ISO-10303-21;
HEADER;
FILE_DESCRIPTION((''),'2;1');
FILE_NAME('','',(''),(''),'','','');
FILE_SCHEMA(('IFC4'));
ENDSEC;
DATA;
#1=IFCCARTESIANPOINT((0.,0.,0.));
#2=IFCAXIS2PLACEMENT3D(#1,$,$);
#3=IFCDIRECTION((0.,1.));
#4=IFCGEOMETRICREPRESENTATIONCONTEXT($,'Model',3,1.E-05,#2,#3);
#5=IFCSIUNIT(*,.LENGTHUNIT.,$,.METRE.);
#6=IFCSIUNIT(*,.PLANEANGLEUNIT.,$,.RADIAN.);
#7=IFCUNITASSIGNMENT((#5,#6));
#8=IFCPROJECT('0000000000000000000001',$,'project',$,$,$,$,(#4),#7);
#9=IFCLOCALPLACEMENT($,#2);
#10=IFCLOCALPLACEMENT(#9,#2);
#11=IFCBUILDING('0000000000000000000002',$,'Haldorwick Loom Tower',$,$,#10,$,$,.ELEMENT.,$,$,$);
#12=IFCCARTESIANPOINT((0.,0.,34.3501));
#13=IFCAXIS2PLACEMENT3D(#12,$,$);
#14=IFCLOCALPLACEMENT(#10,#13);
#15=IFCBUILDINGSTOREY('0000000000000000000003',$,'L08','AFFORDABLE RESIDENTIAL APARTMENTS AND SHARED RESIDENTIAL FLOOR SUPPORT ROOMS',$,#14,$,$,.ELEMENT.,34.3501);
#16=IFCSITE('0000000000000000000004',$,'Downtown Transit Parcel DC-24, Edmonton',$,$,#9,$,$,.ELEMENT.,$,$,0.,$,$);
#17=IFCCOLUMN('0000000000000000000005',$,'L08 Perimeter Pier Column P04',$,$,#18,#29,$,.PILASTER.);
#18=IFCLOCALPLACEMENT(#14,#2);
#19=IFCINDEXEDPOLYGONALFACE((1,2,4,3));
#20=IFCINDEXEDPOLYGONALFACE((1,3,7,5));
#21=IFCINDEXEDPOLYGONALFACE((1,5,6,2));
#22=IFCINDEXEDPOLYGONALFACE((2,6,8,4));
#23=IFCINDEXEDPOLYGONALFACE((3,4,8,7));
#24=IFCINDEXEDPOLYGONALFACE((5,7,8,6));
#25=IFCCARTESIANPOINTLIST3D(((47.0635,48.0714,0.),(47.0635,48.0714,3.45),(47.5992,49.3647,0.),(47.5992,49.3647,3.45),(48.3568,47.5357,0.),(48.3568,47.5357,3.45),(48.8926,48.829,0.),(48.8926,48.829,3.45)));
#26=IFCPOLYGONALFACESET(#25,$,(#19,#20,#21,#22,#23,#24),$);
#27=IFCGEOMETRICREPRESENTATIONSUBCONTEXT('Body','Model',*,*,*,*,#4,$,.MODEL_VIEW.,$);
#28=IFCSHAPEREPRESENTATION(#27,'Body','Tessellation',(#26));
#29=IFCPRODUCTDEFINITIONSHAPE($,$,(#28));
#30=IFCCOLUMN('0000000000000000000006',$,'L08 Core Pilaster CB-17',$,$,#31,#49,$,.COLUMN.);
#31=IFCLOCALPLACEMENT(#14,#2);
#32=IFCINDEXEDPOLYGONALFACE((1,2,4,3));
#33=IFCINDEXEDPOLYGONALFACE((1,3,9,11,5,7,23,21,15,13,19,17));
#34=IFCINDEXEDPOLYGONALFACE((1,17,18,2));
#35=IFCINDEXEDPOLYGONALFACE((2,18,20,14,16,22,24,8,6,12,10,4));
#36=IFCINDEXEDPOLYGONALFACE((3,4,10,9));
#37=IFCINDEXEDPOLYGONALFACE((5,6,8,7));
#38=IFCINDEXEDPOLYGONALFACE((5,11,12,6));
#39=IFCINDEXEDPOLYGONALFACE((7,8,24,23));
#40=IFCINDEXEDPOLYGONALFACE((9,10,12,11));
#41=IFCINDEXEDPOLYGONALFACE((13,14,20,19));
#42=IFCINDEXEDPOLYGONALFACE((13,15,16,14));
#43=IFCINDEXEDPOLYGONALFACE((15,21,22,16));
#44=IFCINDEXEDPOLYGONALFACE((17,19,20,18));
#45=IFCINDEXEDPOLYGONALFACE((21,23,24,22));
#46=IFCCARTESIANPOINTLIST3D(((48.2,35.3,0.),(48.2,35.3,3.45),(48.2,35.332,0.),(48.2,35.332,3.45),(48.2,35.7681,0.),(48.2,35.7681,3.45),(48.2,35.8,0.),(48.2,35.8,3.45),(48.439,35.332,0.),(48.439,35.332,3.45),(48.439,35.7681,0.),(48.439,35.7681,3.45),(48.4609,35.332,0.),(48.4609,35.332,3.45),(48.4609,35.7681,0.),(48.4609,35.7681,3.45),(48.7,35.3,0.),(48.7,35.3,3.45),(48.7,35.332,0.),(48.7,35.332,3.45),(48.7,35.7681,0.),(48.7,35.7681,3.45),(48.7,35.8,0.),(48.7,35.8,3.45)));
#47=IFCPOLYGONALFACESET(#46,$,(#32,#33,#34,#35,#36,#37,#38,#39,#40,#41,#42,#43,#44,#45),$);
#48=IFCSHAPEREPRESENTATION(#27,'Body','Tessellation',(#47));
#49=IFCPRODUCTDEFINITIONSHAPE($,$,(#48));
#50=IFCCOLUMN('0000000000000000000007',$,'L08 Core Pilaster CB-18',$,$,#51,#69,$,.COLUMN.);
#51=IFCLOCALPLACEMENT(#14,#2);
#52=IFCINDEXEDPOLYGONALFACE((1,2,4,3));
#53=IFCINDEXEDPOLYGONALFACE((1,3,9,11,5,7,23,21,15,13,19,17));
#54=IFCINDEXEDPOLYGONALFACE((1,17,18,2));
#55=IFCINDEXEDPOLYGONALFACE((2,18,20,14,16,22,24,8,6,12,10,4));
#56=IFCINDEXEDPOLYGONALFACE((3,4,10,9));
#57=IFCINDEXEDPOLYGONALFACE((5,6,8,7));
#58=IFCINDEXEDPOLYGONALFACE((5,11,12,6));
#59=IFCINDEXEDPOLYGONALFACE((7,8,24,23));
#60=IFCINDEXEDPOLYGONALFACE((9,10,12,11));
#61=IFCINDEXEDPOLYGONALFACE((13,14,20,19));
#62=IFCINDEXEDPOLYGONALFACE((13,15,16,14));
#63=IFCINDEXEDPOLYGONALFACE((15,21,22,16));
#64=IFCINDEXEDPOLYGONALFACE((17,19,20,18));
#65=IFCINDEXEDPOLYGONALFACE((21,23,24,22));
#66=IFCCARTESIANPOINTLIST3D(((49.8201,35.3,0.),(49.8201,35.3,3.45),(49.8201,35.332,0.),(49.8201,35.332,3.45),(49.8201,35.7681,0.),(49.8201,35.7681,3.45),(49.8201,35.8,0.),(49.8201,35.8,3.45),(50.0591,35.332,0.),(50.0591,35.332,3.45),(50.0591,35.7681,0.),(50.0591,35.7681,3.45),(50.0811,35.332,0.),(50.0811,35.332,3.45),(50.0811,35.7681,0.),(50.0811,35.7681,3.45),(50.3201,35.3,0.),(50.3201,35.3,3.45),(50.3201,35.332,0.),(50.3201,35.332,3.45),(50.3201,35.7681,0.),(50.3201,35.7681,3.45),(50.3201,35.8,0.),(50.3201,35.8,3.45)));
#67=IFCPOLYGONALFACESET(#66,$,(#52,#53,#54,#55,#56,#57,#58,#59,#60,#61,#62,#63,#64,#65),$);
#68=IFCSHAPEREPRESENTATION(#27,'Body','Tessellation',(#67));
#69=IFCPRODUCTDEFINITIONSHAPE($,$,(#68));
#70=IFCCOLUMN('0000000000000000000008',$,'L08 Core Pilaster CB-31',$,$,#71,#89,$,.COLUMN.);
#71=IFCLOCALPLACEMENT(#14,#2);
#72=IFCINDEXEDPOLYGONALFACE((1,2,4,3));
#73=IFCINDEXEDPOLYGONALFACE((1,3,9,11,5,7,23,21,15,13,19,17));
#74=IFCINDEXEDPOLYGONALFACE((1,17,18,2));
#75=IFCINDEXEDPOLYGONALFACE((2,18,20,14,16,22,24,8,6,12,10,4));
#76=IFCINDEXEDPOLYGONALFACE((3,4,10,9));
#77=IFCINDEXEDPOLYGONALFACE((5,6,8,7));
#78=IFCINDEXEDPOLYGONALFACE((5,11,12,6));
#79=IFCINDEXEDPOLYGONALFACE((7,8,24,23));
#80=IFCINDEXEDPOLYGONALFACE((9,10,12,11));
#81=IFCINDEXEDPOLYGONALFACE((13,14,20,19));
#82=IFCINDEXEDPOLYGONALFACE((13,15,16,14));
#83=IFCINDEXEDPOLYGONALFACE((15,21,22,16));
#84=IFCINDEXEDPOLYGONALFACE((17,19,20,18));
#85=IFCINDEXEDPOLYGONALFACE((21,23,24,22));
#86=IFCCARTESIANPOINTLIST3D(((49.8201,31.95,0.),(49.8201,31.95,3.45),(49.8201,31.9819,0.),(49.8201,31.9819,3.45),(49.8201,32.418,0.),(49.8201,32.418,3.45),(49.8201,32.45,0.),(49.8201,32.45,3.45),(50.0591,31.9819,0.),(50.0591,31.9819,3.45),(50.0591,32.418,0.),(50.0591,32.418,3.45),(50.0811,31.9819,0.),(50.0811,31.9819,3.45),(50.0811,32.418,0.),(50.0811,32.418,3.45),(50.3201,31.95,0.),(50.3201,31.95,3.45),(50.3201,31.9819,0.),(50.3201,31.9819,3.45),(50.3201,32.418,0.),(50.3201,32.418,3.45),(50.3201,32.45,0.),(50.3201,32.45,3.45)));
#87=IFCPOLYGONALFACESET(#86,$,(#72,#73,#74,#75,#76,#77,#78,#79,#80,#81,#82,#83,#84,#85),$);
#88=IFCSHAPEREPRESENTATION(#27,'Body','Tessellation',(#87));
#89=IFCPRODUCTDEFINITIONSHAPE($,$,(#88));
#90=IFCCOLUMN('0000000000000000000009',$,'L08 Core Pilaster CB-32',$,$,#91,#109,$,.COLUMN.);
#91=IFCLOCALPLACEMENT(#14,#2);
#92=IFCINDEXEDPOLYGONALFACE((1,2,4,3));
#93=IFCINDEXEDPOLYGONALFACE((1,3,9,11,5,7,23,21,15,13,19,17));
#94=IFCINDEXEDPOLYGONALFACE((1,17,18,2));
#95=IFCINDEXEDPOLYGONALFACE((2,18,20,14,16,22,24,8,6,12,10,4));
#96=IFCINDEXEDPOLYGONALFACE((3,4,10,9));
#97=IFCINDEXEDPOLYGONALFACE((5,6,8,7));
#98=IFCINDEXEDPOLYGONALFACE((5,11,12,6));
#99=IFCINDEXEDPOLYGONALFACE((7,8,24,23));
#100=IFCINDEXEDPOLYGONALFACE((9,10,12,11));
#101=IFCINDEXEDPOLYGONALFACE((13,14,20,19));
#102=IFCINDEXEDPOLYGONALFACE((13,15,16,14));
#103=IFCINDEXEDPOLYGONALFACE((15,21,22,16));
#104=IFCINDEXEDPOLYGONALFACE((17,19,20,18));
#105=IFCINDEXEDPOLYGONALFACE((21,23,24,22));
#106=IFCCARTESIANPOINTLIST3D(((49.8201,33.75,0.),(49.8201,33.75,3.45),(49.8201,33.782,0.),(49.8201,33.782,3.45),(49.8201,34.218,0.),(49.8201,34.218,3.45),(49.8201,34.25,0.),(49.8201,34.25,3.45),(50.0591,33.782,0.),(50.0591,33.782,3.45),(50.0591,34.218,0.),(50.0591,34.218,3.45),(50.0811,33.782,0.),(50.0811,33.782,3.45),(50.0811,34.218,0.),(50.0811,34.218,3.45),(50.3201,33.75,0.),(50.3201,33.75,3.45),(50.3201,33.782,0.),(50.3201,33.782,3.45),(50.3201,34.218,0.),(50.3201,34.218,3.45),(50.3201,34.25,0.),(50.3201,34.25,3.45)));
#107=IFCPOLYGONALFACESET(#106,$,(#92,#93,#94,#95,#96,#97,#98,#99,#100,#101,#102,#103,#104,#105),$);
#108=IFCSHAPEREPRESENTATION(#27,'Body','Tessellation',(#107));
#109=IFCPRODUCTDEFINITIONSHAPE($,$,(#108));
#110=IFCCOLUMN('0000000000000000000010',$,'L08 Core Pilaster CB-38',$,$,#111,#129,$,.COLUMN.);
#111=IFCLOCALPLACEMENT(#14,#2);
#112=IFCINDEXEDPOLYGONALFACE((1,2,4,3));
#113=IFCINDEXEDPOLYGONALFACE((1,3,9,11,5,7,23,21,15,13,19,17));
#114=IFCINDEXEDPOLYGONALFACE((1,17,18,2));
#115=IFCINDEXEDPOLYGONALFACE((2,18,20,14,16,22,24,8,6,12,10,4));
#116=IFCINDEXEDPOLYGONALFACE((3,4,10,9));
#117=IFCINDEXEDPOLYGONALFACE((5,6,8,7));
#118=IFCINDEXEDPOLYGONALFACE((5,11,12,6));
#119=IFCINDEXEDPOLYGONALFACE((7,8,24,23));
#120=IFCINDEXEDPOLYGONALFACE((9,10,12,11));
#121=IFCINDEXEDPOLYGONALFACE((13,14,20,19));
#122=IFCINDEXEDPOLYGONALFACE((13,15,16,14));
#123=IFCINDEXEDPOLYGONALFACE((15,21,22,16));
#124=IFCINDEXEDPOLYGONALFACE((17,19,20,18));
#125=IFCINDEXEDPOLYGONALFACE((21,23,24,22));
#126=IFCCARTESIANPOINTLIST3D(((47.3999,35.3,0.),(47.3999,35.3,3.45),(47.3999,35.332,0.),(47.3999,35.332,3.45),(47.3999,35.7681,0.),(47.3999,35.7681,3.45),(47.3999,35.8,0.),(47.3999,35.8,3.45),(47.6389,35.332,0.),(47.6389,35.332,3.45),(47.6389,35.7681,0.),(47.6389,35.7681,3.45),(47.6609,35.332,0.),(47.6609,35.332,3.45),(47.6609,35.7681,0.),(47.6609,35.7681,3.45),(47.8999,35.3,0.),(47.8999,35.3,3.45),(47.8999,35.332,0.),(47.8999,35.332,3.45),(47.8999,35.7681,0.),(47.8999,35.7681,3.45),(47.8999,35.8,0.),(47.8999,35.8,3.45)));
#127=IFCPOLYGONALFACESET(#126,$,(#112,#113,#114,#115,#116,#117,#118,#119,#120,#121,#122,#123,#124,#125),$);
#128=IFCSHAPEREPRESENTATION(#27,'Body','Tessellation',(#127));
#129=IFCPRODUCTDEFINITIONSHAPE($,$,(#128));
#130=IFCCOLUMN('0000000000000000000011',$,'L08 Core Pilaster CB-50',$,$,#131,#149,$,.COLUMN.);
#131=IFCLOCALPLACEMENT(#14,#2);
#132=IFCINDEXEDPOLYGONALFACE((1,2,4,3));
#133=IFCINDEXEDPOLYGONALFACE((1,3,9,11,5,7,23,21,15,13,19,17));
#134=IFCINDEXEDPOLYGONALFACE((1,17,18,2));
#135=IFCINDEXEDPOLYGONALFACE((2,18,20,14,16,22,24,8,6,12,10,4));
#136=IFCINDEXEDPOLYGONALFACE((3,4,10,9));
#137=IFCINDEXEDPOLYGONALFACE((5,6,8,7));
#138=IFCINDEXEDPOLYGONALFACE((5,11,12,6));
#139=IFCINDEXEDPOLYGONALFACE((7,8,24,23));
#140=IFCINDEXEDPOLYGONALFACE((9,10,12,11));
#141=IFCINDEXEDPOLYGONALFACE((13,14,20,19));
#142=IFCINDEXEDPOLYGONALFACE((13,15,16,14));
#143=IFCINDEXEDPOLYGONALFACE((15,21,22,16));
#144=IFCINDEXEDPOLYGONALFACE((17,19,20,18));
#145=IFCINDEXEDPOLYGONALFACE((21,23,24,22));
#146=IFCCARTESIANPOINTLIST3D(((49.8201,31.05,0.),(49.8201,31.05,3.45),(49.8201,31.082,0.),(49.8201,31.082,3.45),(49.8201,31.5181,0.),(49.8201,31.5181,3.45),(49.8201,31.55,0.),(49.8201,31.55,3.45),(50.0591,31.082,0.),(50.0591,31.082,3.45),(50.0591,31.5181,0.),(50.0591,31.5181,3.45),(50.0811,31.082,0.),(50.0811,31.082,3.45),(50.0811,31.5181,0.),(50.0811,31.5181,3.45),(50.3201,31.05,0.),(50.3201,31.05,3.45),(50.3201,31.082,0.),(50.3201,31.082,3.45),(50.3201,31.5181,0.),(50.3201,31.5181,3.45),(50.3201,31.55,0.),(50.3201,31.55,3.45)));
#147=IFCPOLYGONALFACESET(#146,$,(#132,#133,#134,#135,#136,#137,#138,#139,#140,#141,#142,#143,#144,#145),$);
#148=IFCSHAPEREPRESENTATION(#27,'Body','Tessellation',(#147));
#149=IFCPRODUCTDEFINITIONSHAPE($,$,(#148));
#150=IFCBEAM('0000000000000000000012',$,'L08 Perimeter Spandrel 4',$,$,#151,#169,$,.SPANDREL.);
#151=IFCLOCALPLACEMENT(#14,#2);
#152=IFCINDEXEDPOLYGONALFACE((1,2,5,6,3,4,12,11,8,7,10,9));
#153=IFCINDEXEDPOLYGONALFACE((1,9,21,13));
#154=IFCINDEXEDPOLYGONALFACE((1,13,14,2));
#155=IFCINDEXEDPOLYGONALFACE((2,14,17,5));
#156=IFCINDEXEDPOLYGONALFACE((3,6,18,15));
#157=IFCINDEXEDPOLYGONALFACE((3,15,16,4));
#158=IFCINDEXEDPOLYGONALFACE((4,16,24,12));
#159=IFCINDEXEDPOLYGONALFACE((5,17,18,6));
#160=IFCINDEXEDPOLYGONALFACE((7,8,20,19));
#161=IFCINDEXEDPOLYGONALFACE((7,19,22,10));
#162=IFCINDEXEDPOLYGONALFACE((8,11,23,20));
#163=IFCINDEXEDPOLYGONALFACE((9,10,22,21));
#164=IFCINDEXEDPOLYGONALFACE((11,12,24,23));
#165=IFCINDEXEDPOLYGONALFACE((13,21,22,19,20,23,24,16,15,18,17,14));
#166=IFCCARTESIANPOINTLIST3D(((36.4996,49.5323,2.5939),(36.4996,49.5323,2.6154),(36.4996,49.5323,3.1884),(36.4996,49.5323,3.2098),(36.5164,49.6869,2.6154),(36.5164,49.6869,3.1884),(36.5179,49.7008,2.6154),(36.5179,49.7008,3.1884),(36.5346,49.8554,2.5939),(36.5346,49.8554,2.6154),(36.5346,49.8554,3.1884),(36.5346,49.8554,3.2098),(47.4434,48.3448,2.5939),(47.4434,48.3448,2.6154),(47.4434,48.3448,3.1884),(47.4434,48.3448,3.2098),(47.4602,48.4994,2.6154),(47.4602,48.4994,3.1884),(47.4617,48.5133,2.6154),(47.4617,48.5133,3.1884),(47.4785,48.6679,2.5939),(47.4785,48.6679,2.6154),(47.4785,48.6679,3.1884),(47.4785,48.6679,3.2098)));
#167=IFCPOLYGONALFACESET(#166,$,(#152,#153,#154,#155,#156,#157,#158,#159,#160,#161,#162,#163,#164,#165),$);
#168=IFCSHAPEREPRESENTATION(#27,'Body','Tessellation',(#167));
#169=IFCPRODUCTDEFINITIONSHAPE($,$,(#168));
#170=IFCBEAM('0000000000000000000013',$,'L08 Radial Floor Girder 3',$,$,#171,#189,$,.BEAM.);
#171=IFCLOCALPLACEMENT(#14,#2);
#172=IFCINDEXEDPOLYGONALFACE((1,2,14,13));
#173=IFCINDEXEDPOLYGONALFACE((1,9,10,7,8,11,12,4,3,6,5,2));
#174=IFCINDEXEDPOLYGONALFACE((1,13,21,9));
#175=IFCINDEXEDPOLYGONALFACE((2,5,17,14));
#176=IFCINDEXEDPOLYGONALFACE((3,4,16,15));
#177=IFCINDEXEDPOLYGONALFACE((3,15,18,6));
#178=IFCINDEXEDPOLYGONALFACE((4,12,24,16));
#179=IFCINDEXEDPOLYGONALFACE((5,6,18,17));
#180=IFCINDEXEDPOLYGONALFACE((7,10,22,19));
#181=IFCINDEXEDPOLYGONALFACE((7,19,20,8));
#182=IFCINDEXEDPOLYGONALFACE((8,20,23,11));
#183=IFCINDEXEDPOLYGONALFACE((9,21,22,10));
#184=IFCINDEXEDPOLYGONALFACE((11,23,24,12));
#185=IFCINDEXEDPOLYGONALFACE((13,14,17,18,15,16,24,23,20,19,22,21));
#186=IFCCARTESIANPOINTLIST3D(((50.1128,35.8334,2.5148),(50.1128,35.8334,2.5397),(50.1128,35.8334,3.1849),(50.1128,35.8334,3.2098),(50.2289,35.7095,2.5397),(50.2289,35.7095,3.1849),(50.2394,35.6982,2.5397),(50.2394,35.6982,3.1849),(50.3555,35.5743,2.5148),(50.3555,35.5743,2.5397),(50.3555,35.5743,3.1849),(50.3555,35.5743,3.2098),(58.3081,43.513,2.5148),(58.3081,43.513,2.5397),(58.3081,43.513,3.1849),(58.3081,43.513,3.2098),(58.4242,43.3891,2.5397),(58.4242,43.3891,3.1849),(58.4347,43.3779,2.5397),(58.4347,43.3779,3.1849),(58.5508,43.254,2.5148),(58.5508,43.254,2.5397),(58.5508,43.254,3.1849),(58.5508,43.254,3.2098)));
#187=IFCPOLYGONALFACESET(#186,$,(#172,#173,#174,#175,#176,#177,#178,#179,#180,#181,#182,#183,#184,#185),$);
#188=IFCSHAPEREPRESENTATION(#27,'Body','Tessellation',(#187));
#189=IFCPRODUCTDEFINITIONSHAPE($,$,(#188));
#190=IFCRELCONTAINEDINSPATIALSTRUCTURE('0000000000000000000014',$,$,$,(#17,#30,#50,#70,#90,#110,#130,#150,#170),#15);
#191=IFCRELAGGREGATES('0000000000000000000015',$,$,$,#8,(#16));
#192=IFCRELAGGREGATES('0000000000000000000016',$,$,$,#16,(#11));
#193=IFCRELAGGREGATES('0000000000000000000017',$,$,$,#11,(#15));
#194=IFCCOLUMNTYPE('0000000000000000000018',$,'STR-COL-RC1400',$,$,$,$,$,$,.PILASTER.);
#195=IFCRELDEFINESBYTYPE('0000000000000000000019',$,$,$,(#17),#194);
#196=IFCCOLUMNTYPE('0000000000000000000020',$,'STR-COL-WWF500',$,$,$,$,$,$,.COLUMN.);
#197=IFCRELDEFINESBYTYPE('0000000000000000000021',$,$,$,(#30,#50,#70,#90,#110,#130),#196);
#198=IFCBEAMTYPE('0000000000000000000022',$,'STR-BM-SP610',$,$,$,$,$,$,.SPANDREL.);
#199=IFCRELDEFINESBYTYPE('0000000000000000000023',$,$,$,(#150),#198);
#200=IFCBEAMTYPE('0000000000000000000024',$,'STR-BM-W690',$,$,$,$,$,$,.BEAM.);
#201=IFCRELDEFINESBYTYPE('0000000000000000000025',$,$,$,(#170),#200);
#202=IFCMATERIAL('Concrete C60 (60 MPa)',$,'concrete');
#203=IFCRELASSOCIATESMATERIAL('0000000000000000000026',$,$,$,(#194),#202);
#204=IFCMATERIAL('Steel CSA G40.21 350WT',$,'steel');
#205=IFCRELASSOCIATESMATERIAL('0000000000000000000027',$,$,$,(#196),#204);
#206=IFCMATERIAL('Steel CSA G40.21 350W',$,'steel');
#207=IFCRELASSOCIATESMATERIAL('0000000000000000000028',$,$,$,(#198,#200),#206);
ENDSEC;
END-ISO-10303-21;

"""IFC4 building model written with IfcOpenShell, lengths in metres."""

from ifc_helpers import new_model, si_unit, direction, frame, origin, origin_2d, place, context, subcontext, project, spatial, rectangle, i_section, extrude, material, material_profile, profile_set, type_object, element, save


model = new_model("IFC4")

# Units and contexts
model_context = context("Model", 3, precision=1e-05, world=origin(), true_north=direction((0.0, 1.0)))
body_context = subcontext(model_context, "Body", "Model", "MODEL_VIEW")
ifc_project = project(units=[si_unit("LENGTHUNIT", "METRE"), si_unit("PLANEANGLEUNIT", "RADIAN")], contexts=[model_context])

# Site, building, storey
site_placement = place(None, origin())
site = spatial("IfcSite", under=ifc_project, at=site_placement, Name="Downtown Transit Parcel DC-24, Edmonton", CompositionType="ELEMENT", RefElevation=0.0)
building_placement = place(site_placement, origin())
building = spatial("IfcBuilding", under=site, at=building_placement, Name="Haldorwick Loom Tower", CompositionType="ELEMENT")
storey_placement = place(building_placement, frame((0.0, 0.0, 34.3501)))
storey = spatial("IfcBuildingStorey", under=building, at=storey_placement, Name="L08", Description="AFFORDABLE RESIDENTIAL APARTMENTS AND SHARED RESIDENTIAL FLOOR SUPPORT ROOMS", CompositionType="ELEMENT", Elevation=34.3501)

# Columns
ifc_material_1 = material(Name="Concrete C60 (60 MPa)", Category="concrete")
ifc_material_profile_1 = material_profile(ifc_material_1, rectangle(XDim=1.3999, YDim=1.3999, at=origin_2d()), Name="RC1400X1400", Category="concrete")
ifc_profile_set_1 = profile_set([ifc_material_profile_1], Name="Concrete C60 (60 MPa)")
column_type_1 = type_object("IfcColumnType", Name="STR-COL-RC1400", PredefinedType="PILASTER", material=ifc_profile_set_1)
column_placement = place(storey_placement, frame((47.978, 48.4502, 0.0), z_axis=(0.0, 0.0, 1.0), x_axis=(0.382683, 0.92388, 0.0)))
element("IfcColumn", 1, at=column_placement, inside=storey, type_object=column_type_1, Name="L08 Perimeter Pier Column P04", PredefinedType="PILASTER", context=body_context, shape_type="SweptSolid", body=[
    extrude(rectangle(XDim=1.3999, YDim=1.3999, at=origin_2d()), origin(), (0.0, 0.0, 1.0), 3.45),
])
ifc_material_2 = material(Name="Steel CSA G40.21 350WT", Category="steel")
ifc_material_profile_2 = material_profile(ifc_material_2, i_section(OverallWidth=0.5, OverallDepth=0.5, WebThickness=0.022, FlangeThickness=0.032, at=origin_2d()), Name="WWF500X500", Category="steel")
ifc_profile_set_2 = profile_set([ifc_material_profile_2], Name="Steel CSA G40.21 350WT")
column_type_2 = type_object("IfcColumnType", Name="STR-COL-WWF500", PredefinedType="COLUMN", material=ifc_profile_set_2)
for number, where, z_axis, x_axis, name in (
    (2, (48.45, 35.55, 0.0), (0.0, 0.0, 1.0), (1.0, 0.0, 0.0), "L08 Core Pilaster CB-17"),
    (3, (50.0701, 35.55, 0.0), (0.0, 0.0, 1.0), (1.0, 0.0, 0.0), "L08 Core Pilaster CB-18"),
    (4, (50.0701, 32.2, 0.0), (0.0, 0.0, 1.0), (1.0, 0.0, 0.0), "L08 Core Pilaster CB-31"),
    (5, (50.0701, 34.0, 0.0), (0.0, 0.0, 1.0), (1.0, 0.0, 0.0), "L08 Core Pilaster CB-32"),
    (6, (47.6499, 35.55, 0.0), (0.0, 0.0, 1.0), (1.0, 0.0, 0.0), "L08 Core Pilaster CB-38"),
    (7, (50.0701, 31.3, 0.0), (0.0, 0.0, 1.0), (1.0, 0.0, 0.0), "L08 Core Pilaster CB-50"),
):
    element("IfcColumn", number, at=place(storey_placement, frame(where, z_axis=z_axis, x_axis=x_axis)), inside=storey, type_object=column_type_2, Name=name, PredefinedType="COLUMN", context=body_context, shape_type="SweptSolid", body=[
        extrude(i_section(OverallWidth=0.5, OverallDepth=0.5, WebThickness=0.022, FlangeThickness=0.032, at=origin_2d()), origin(), (0.0, 0.0, 1.0), 3.45),
    ])

# Beams
ifc_material_3 = material(Name="Steel CSA G40.21 350W", Category="steel")
ifc_material_profile_3 = material_profile(ifc_material_3, i_section(OverallWidth=0.325, OverallDepth=0.616, WebThickness=0.0139, FlangeThickness=0.0215, at=origin_2d()), Name="W610X174", Category="steel")
ifc_profile_set_3 = profile_set([ifc_material_profile_3], Name="Steel CSA G40.21 350W")
beam_type_1 = type_object("IfcBeamType", Name="STR-BM-SP610", PredefinedType="SPANDREL", material=ifc_profile_set_3)
beam_1_placement = place(storey_placement, frame((47.4609, 48.5063, 2.9019), z_axis=(-0.994164, 0.107875, 0.0), x_axis=(-0.107875, -0.994164, 0.0)))
element("IfcBeam", 8, at=beam_1_placement, inside=storey, type_object=beam_type_1, Name="L08 Perimeter Spandrel 4", PredefinedType="SPANDREL", context=body_context, shape_type="SweptSolid", body=[
    extrude(i_section(OverallWidth=0.325, OverallDepth=0.616, WebThickness=0.0139, FlangeThickness=0.0215, at=origin_2d()), origin(), (0.0, 0.0, 1.0), 11.0081),
])
ifc_material_profile_4 = material_profile(ifc_material_3, i_section(OverallWidth=0.355, OverallDepth=0.6951, WebThickness=0.0154, FlangeThickness=0.0249, at=origin_2d()), Name="W690X217", Category="steel")
ifc_profile_set_4 = profile_set([ifc_material_profile_4], Name="Steel CSA G40.21 350W")
beam_type_2 = type_object("IfcBeamType", Name="STR-BM-W690", PredefinedType="BEAM", material=ifc_profile_set_4)
beam_2_placement = place(storey_placement, frame((50.2341, 35.7039, 2.8623), z_axis=(0.729689, 0.683779, 0.0), x_axis=(-0.683779, 0.729689, 0.0)))
element("IfcBeam", 9, at=beam_2_placement, inside=storey, type_object=beam_type_2, Name="L08 Radial Floor Girder 3", PredefinedType="BEAM", context=body_context, shape_type="SweptSolid", body=[
    extrude(i_section(OverallWidth=0.355, OverallDepth=0.6951, WebThickness=0.0154, FlangeThickness=0.0249, at=origin_2d()), origin(), (0.0, 0.0, 1.0), 11.2312),
])

save(model, "model.ifc")
